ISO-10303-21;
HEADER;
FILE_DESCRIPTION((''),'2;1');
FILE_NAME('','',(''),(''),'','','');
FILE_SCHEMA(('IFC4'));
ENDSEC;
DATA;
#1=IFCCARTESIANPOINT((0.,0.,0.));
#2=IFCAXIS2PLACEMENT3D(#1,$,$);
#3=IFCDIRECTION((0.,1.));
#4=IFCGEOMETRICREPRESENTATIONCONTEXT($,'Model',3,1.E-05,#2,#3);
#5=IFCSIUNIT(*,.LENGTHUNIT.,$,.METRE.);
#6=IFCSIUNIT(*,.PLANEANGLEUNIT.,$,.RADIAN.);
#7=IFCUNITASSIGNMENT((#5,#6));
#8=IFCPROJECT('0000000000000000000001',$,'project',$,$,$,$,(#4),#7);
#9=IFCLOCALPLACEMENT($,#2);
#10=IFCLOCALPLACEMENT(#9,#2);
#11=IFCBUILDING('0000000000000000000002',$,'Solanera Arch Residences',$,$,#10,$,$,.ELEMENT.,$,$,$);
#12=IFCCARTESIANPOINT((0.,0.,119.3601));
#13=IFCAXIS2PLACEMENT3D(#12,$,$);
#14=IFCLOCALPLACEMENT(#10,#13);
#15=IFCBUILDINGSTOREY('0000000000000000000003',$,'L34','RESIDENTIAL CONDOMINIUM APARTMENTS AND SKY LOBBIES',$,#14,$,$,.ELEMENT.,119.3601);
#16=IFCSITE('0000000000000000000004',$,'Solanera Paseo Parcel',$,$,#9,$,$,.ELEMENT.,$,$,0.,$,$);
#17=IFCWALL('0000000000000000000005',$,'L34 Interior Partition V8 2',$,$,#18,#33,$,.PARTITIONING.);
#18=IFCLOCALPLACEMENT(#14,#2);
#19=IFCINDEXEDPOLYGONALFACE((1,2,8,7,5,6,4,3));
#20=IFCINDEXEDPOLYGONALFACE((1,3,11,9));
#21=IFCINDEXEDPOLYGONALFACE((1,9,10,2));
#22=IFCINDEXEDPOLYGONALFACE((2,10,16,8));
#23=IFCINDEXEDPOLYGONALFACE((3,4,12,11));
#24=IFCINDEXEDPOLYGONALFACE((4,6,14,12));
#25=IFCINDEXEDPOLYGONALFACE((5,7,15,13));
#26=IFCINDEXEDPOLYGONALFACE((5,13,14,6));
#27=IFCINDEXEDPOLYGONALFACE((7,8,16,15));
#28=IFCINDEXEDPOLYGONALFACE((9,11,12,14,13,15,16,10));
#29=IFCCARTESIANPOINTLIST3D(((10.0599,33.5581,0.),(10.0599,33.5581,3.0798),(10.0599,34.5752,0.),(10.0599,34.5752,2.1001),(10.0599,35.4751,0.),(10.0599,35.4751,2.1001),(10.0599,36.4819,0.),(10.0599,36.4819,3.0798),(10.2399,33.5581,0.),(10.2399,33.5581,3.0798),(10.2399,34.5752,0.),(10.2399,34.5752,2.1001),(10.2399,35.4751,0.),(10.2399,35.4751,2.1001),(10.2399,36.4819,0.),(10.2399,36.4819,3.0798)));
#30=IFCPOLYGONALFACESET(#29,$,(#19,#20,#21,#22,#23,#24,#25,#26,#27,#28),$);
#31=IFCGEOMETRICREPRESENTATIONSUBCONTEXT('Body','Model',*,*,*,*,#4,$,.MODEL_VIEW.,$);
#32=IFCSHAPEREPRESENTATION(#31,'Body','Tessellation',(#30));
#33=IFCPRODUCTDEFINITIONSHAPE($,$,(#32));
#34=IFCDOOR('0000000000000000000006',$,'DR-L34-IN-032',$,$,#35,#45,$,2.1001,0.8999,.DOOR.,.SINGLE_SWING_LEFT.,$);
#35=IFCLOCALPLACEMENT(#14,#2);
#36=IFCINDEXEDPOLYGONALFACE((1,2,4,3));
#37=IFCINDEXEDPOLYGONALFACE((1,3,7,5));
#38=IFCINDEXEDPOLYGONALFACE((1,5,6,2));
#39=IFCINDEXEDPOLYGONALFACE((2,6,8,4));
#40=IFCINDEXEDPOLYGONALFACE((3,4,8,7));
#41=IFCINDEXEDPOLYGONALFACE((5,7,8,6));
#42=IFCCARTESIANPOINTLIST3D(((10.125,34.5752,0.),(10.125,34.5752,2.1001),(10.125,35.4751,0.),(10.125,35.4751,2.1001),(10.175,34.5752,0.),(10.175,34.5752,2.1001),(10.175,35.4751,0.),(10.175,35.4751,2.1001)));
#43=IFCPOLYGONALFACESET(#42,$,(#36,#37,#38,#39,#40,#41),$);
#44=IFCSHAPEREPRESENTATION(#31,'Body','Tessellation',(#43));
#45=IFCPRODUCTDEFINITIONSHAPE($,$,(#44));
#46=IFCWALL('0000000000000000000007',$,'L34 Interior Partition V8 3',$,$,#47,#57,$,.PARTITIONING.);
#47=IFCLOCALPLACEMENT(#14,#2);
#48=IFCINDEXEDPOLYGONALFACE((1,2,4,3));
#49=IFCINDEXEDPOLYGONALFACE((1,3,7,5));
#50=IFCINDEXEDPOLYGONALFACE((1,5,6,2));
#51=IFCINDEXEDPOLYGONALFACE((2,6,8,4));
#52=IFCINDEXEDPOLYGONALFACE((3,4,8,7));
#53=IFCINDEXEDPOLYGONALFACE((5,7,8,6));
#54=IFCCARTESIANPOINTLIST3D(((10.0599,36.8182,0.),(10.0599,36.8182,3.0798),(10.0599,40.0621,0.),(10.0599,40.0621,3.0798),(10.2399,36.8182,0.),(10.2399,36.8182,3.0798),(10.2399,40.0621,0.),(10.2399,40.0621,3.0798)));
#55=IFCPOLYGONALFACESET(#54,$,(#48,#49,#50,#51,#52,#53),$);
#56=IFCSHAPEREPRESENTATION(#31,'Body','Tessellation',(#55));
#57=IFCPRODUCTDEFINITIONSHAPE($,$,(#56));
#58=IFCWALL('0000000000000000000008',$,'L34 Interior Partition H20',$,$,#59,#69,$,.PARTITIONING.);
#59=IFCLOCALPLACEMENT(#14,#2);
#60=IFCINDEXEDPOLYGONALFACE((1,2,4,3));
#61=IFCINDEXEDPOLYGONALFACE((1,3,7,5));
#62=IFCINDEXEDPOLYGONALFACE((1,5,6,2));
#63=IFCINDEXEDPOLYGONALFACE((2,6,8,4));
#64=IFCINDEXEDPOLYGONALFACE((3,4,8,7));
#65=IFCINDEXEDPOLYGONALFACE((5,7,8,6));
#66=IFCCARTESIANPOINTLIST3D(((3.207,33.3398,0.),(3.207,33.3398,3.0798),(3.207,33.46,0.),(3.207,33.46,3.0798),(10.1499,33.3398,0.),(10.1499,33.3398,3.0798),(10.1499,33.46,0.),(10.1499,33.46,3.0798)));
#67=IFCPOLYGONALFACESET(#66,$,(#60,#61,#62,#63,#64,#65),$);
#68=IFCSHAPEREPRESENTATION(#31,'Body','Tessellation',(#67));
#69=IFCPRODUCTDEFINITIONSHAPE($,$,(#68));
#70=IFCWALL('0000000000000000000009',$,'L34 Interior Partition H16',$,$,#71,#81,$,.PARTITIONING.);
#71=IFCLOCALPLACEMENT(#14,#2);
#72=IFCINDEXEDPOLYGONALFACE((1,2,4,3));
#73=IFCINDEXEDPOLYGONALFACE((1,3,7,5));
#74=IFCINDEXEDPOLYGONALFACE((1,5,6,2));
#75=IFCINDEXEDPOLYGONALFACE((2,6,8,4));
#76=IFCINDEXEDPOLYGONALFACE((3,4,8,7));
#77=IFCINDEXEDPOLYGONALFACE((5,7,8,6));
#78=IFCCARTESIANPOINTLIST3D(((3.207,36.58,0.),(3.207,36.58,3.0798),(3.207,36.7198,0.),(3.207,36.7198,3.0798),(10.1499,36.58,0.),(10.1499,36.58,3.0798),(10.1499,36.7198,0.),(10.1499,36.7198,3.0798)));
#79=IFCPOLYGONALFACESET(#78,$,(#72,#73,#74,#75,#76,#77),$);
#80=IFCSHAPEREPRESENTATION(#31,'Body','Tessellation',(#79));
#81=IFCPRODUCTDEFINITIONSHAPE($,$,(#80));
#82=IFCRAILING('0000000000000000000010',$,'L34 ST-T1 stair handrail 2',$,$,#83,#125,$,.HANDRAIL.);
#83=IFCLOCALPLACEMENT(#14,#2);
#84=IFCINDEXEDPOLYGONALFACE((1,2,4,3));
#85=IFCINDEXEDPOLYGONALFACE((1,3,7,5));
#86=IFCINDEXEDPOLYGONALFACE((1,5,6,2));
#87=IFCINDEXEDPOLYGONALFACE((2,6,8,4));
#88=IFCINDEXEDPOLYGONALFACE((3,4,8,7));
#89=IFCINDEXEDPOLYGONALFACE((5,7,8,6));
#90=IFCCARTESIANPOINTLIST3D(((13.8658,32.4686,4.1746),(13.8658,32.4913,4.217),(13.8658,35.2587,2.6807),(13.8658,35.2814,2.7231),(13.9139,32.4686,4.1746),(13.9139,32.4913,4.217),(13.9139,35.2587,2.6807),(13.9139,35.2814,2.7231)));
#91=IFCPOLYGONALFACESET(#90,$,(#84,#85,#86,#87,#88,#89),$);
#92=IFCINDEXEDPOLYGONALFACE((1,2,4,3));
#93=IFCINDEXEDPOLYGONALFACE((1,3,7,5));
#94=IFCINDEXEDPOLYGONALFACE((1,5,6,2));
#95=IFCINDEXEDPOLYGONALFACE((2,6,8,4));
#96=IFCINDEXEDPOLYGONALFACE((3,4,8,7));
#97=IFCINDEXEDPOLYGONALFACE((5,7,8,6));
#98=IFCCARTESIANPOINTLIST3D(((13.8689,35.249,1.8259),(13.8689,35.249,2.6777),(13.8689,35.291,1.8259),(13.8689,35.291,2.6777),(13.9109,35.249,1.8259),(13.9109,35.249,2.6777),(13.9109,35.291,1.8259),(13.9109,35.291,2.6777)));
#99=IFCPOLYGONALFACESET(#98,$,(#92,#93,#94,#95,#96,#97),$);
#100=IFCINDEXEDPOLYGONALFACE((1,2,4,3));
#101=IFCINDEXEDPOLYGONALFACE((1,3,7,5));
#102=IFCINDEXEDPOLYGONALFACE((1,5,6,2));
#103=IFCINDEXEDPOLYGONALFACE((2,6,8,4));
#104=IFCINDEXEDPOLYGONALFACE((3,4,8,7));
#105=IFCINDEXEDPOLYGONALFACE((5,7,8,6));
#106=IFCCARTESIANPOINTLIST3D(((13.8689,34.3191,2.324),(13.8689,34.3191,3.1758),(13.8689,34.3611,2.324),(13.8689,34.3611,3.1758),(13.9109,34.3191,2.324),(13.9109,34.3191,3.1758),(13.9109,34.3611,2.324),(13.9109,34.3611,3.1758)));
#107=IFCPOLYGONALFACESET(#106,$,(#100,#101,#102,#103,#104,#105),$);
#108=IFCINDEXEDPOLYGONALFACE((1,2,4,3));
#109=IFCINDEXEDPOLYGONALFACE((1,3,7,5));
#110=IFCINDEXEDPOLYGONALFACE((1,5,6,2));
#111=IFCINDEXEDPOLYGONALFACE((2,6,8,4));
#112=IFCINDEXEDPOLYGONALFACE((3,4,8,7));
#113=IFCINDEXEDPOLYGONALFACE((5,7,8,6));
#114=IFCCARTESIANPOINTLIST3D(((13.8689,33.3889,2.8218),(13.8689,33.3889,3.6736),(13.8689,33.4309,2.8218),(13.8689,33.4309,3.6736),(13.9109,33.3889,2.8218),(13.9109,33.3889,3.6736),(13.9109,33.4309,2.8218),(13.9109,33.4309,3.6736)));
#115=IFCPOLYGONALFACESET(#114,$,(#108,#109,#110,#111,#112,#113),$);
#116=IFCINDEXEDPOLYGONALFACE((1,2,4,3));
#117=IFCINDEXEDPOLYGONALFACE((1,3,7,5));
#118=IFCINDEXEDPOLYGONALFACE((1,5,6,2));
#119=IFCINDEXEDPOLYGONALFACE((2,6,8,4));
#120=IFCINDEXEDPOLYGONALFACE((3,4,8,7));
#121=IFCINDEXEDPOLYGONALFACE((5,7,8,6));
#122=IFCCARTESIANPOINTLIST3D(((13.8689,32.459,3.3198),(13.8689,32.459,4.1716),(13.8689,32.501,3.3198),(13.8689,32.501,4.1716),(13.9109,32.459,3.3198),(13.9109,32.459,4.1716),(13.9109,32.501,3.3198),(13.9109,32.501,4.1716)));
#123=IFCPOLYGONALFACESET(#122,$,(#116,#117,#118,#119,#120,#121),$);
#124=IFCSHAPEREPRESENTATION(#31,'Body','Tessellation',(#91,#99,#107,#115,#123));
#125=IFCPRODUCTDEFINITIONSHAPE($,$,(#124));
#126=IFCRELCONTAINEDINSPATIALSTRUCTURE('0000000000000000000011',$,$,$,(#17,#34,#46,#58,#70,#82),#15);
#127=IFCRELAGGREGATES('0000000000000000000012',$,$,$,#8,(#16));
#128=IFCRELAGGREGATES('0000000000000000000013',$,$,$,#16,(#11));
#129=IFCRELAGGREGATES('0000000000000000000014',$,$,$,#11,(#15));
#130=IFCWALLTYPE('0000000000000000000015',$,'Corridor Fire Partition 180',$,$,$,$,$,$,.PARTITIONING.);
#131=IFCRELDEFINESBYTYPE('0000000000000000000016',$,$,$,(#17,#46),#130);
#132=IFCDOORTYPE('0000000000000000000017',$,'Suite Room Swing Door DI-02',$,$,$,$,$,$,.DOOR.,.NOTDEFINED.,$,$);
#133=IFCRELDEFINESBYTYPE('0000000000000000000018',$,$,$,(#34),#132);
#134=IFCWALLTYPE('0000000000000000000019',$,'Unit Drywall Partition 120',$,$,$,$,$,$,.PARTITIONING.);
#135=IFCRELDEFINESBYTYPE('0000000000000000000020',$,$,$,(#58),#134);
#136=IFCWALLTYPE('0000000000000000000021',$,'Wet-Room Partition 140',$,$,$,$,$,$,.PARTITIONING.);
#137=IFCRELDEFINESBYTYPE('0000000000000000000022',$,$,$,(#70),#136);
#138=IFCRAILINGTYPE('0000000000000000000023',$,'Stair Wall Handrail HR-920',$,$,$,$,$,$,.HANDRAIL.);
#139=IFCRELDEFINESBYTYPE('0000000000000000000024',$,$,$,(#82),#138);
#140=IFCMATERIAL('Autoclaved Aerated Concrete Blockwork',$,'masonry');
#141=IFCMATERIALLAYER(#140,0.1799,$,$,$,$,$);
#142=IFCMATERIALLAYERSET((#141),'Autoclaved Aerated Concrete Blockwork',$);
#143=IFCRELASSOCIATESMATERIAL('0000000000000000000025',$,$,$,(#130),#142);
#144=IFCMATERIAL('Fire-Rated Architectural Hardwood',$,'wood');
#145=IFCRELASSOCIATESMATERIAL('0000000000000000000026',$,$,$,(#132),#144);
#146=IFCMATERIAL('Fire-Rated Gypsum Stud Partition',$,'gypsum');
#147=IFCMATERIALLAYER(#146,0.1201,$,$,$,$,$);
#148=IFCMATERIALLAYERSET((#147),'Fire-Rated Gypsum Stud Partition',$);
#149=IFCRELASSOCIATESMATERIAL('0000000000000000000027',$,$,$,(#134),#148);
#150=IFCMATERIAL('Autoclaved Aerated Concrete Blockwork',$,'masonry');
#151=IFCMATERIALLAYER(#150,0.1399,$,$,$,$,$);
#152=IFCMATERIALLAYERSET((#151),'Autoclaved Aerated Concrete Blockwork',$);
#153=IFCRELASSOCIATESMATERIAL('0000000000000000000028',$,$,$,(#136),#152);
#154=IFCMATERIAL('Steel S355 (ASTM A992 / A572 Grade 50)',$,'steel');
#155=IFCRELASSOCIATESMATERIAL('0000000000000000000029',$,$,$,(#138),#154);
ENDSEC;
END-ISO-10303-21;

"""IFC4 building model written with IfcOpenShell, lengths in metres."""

from ifc_helpers import new_model, si_unit, direction, frame, frame_2d, origin, origin_2d, place, context, subcontext, project, spatial, rectangle, extrude, material, layer, layer_set, type_object, element, fill, save


model = new_model("IFC4")

# Units and contexts
model_context = context("Model", 3, precision=1e-05, world=origin(), true_north=direction((0.0, 1.0)))
body_context = subcontext(model_context, "Body", "Model", "MODEL_VIEW")
ifc_project = project(units=[si_unit("LENGTHUNIT", "METRE"), si_unit("PLANEANGLEUNIT", "RADIAN")], contexts=[model_context])

# Site, building, storey
site_placement = place(None, origin())
site = spatial("IfcSite", under=ifc_project, at=site_placement, Name="Solanera Paseo Parcel", CompositionType="ELEMENT", RefElevation=0.0)
building_placement = place(site_placement, origin())
building = spatial("IfcBuilding", under=site, at=building_placement, Name="Solanera Arch Residences", CompositionType="ELEMENT")
storey_placement = place(building_placement, frame((0.0, 0.0, 119.3601)))
storey = spatial("IfcBuildingStorey", under=building, at=storey_placement, Name="L34", Description="RESIDENTIAL CONDOMINIUM APARTMENTS AND SKY LOBBIES", CompositionType="ELEMENT", Elevation=119.3601)

# Wall, opening, door
ifc_material_1 = material(Name="Autoclaved Aerated Concrete Blockwork", Category="masonry")
ifc_layer_1 = layer(ifc_material_1, 0.1799)
ifc_layer_set_1 = layer_set([ifc_layer_1], Name="Autoclaved Aerated Concrete Blockwork")
wall_type_1 = type_object("IfcWallType", Name="Corridor Fire Partition 180", PredefinedType="PARTITIONING", material=ifc_layer_set_1)
wall_1_placement = place(storey_placement, frame((10.1499, 33.5581, 0.0), z_axis=(0.0, 0.0, 1.0), x_axis=(0.0, 1.0, 0.0)))
wall_1 = element("IfcWall", 1, at=wall_1_placement, inside=storey, type_object=wall_type_1, Name="L34 Interior Partition V8 2", PredefinedType="PARTITIONING", context=body_context, shape_type="SweptSolid", body=[
    extrude(rectangle(XDim=2.9238, YDim=0.1799, at=frame_2d((1.4619, 0.0))), origin(), (0.0, 0.0, 1.0), 3.0798),
])
opening_placement = place(wall_1_placement, frame((1.0171, 0.0, 0.0)))
opening = element("IfcOpeningElement", 2, at=opening_placement, cuts=wall_1, PredefinedType="OPENING", context=body_context, shape_type="SweptSolid", body=[
    extrude(rectangle(XDim=0.8999, YDim=2.1001, at=frame_2d((0.45, 1.05))), frame((0.0, 0.1001, 0.0), z_axis=(0.0, -1.0, 0.0), x_axis=(1.0, 0.0, 0.0)), (0.0, 0.0, 1.0), 0.1999),
])
ifc_material_2 = material(Name="Fire-Rated Architectural Hardwood", Category="wood")
door_type = type_object("IfcDoorType", Name="Suite Room Swing Door DI-02", OperationType="NOTDEFINED", PredefinedType="DOOR", material=ifc_material_2)
door_placement = place(opening_placement, origin())
door = element("IfcDoor", 3, at=door_placement, inside=storey, type_object=door_type, Name="DR-L34-IN-032", OperationType="SINGLE_SWING_LEFT", OverallHeight=2.1001, OverallWidth=0.8999, PredefinedType="DOOR", context=body_context, shape_type="SweptSolid", body=[
    extrude(rectangle(XDim=0.8999, YDim=2.1001, at=frame_2d((0.45, 1.05))), frame((0.0, 0.0249, 0.0), z_axis=(0.0, -1.0, 0.0), x_axis=(1.0, 0.0, 0.0)), (0.0, 0.0, 1.0), 0.05),
])
fill(opening, door)

# Walls
wall_2_placement = place(storey_placement, frame((10.1499, 36.8181, 0.0), z_axis=(0.0, 0.0, 1.0), x_axis=(0.0, 1.0, 0.0)))
element("IfcWall", 4, at=wall_2_placement, inside=storey, type_object=wall_type_1, Name="L34 Interior Partition V8 3", PredefinedType="PARTITIONING", context=body_context, shape_type="SweptSolid", body=[
    extrude(rectangle(XDim=3.2439, YDim=0.1799, at=frame_2d((1.6221, 0.0))), origin(), (0.0, 0.0, 1.0), 3.0798),
])
ifc_material_3 = material(Name="Fire-Rated Gypsum Stud Partition", Category="gypsum")
ifc_layer_2 = layer(ifc_material_3, 0.1201)
ifc_layer_set_2 = layer_set([ifc_layer_2], Name="Fire-Rated Gypsum Stud Partition")
wall_type_2 = type_object("IfcWallType", Name="Unit Drywall Partition 120", PredefinedType="PARTITIONING", material=ifc_layer_set_2)
wall_3_placement = place(storey_placement, frame((3.207, 33.3999, 0.0), z_axis=(0.0, 0.0, 1.0), x_axis=(1.0, 0.0, 0.0)))
element("IfcWall", 5, at=wall_3_placement, inside=storey, type_object=wall_type_2, Name="L34 Interior Partition H20", PredefinedType="PARTITIONING", context=body_context, shape_type="SweptSolid", body=[
    extrude(rectangle(XDim=6.9429, YDim=0.1201, at=frame_2d((3.4714, 0.0))), origin(), (0.0, 0.0, 1.0), 3.0798),
])
ifc_material_4 = material(Name="Autoclaved Aerated Concrete Blockwork", Category="masonry")
ifc_layer_3 = layer(ifc_material_4, 0.1399)
ifc_layer_set_3 = layer_set([ifc_layer_3], Name="Autoclaved Aerated Concrete Blockwork")
wall_type_3 = type_object("IfcWallType", Name="Wet-Room Partition 140", PredefinedType="PARTITIONING", material=ifc_layer_set_3)
wall_4_placement = place(storey_placement, frame((3.207, 36.6499, 0.0), z_axis=(0.0, 0.0, 1.0), x_axis=(1.0, 0.0, 0.0)))
element("IfcWall", 6, at=wall_4_placement, inside=storey, type_object=wall_type_3, Name="L34 Interior Partition H16", PredefinedType="PARTITIONING", context=body_context, shape_type="SweptSolid", body=[
    extrude(rectangle(XDim=6.9429, YDim=0.1399, at=frame_2d((3.4714, 0.0))), origin(), (0.0, 0.0, 1.0), 3.0798),
])

# Railing
ifc_material_5 = material(Name="Steel S355 (ASTM A992 / A572 Grade 50)", Category="steel")
railing_type_1 = type_object("IfcRailingType", Name="Stair Wall Handrail HR-920", PredefinedType="HANDRAIL", material=ifc_material_5)
railing_1_placement = place(storey_placement, frame((13.8899, 35.27, 1.8259)))
element("IfcRailing", 7, at=railing_1_placement, inside=storey, type_object=railing_type_1, Name="L34 ST-T1 stair handrail 2", PredefinedType="HANDRAIL", context=body_context, shape_type="SweptSolid", body=[
    extrude(rectangle(XDim=0.0481, YDim=0.0481, at=origin_2d()), frame((0.0, 0.0, 0.876), z_axis=(0.0, -0.881581, 0.472033), x_axis=(1.0, 0.0, 0.0)), (0.0, 0.0, 1.0), 3.1648),
    extrude(rectangle(XDim=0.042, YDim=0.042, at=origin_2d()), origin(), (0.0, 0.0, 1.0), 0.8518),
    extrude(rectangle(XDim=0.042, YDim=0.042, at=origin_2d()), frame((0.0, -0.9299, 0.498)), (0.0, 0.0, 1.0), 0.8518),
    extrude(rectangle(XDim=0.042, YDim=0.042, at=origin_2d()), frame((0.0, -1.8601, 0.9958)), (0.0, 0.0, 1.0), 0.8518),
    extrude(rectangle(XDim=0.042, YDim=0.042, at=origin_2d()), frame((0.0, -2.79, 1.4939)), (0.0, 0.0, 1.0), 0.8518),
])

save(model, "model.ifc")
